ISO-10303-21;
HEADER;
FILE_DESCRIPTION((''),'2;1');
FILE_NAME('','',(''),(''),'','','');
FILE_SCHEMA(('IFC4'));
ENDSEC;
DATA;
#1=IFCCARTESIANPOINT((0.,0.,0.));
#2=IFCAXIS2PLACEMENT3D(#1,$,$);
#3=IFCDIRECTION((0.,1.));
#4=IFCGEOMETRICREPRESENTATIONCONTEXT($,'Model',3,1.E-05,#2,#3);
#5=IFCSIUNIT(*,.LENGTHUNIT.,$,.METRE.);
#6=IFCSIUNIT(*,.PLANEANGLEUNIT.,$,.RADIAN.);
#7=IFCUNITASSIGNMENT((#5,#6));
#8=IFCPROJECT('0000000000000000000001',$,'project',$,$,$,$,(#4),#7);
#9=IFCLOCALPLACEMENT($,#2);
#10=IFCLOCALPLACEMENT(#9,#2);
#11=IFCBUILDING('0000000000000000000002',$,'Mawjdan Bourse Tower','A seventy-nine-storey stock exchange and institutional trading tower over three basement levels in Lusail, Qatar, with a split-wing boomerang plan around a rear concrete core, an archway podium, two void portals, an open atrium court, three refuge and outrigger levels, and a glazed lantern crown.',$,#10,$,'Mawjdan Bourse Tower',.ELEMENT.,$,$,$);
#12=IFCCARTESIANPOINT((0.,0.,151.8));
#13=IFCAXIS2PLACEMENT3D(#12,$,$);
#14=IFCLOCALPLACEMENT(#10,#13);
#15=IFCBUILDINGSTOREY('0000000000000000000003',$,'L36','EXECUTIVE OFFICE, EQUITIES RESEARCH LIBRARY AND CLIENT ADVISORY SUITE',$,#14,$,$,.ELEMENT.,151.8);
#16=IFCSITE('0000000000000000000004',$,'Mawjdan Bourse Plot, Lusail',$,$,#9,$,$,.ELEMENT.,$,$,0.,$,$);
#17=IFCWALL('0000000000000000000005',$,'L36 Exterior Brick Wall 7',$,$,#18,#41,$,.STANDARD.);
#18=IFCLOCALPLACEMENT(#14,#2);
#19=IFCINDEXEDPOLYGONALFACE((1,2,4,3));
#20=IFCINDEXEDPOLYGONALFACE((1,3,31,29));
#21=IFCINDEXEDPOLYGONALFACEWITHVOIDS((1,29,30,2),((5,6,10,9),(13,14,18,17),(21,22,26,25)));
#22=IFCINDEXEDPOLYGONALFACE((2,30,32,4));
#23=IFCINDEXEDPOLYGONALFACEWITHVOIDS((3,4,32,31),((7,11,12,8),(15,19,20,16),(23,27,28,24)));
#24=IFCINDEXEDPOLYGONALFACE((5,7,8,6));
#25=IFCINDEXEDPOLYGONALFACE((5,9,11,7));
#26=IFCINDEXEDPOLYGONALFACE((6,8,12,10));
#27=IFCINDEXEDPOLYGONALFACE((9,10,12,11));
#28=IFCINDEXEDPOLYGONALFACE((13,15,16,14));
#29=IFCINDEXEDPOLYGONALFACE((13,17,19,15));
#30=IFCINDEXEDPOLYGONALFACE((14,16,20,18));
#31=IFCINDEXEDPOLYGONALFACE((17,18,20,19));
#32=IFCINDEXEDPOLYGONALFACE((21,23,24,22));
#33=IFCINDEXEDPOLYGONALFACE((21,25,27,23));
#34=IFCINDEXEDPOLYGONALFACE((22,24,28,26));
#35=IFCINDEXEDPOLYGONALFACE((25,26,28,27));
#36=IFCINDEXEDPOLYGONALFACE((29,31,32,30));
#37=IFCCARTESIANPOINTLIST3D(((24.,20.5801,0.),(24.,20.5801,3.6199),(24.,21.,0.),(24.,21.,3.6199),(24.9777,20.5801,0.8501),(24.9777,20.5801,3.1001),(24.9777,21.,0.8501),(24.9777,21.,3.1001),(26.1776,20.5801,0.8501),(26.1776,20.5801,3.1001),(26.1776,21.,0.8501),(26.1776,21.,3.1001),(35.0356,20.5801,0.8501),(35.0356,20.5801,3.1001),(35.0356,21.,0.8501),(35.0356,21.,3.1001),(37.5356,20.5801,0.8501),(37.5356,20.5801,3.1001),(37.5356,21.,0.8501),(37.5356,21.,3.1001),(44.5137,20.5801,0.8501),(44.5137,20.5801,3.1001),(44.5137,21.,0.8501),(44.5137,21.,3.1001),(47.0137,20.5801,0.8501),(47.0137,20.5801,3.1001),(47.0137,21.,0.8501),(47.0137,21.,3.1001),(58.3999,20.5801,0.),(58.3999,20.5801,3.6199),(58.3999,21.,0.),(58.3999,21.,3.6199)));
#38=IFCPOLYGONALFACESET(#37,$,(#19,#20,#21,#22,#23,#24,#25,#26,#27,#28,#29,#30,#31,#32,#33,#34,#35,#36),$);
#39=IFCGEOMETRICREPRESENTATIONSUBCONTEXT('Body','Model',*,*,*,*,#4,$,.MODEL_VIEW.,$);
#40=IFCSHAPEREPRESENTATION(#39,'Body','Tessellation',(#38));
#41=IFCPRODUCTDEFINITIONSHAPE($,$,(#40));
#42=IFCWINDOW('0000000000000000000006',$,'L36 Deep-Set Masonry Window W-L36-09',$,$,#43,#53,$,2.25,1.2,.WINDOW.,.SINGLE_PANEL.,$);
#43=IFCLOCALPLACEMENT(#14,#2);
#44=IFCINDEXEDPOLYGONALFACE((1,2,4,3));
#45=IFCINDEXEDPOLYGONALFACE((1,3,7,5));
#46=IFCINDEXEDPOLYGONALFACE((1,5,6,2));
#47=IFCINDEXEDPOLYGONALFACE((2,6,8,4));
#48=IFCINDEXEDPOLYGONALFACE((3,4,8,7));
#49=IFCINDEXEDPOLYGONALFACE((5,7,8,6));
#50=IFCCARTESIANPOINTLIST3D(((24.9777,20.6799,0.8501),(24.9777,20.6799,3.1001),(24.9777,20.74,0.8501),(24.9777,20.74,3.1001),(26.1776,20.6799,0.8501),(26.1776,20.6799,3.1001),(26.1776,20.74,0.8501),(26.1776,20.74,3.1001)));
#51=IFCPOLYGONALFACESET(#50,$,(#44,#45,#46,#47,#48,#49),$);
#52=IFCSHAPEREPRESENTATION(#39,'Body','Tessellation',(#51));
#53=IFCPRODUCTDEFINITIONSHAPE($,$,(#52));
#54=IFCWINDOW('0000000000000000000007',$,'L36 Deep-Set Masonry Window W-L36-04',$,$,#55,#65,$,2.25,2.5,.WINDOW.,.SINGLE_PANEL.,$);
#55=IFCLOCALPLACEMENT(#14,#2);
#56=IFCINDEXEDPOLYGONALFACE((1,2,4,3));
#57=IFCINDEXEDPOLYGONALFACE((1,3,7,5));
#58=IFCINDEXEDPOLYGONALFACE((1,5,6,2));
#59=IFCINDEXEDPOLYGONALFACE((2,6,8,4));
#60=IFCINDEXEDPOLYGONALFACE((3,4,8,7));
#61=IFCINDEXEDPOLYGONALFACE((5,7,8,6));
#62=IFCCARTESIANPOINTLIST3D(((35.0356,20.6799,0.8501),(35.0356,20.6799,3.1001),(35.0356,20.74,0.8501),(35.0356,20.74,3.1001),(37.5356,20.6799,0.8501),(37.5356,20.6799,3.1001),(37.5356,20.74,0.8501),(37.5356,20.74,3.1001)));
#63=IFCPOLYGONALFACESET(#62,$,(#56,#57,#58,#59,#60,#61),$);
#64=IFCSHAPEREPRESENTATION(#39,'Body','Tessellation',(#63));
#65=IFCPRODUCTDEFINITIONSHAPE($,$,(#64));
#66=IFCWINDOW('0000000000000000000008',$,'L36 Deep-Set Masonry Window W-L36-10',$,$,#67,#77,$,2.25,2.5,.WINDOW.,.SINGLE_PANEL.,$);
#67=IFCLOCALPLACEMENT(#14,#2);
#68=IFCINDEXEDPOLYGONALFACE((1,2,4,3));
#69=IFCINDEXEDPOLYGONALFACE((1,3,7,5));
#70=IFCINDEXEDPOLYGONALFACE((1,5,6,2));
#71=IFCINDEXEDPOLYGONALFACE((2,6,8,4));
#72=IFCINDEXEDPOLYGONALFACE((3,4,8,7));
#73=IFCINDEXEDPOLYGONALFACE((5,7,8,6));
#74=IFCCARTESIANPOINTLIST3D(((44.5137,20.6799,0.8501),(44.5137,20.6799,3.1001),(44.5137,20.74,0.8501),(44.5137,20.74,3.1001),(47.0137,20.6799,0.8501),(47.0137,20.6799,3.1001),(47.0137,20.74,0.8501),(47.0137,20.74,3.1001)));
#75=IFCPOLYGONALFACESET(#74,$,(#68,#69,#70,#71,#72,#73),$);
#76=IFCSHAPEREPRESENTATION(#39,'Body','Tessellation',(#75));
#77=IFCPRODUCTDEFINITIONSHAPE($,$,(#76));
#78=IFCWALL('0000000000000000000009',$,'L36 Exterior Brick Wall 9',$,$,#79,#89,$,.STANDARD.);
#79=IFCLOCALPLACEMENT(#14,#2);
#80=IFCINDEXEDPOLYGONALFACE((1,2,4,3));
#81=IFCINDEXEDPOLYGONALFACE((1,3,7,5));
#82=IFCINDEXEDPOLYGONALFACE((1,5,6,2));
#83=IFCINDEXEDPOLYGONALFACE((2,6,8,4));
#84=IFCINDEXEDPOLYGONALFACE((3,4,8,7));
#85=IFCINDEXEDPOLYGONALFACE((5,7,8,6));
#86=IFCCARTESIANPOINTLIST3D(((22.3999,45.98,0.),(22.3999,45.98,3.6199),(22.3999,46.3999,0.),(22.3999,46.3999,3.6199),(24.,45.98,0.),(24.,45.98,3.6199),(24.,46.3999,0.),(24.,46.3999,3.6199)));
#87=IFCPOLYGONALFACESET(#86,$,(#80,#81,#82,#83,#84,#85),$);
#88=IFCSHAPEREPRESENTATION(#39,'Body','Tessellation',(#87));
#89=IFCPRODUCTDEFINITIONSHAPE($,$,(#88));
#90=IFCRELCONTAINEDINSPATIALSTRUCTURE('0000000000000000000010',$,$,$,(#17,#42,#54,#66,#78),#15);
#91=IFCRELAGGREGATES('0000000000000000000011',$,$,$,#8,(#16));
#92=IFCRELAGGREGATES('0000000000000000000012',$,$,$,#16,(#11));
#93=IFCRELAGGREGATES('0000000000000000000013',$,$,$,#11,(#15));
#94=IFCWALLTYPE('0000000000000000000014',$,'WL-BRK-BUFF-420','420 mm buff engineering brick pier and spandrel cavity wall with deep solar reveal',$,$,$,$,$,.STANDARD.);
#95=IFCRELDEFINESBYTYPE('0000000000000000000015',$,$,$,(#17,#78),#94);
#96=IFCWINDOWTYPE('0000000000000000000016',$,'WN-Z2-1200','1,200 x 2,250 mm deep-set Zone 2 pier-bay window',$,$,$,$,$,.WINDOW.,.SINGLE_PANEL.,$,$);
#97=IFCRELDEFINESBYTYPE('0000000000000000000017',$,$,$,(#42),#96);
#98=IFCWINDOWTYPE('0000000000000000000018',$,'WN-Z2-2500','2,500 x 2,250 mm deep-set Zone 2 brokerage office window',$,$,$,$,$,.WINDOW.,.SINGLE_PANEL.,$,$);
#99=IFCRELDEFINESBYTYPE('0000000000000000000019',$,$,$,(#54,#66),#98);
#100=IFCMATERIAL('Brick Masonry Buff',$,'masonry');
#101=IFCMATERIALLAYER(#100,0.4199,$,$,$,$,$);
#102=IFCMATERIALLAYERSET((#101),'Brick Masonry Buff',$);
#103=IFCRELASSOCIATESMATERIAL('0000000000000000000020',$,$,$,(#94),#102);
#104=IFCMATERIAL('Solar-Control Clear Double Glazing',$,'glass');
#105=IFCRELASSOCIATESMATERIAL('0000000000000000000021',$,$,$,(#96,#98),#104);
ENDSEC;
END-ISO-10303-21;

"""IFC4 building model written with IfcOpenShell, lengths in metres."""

from ifc_helpers import new_model, si_unit, direction, frame, frame_2d, origin, place, context, subcontext, project, spatial, rectangle, extrude, material, layer, layer_set, type_object, element, fill, save


model = new_model("IFC4")

# Units and contexts
model_context = context("Model", 3, precision=1e-05, world=origin(), true_north=direction((0.0, 1.0)))
body_context = subcontext(model_context, "Body", "Model", "MODEL_VIEW")
ifc_project = project(units=[si_unit("LENGTHUNIT", "METRE"), si_unit("PLANEANGLEUNIT", "RADIAN")], contexts=[model_context])

# Site, building, storey
site_placement = place(None, origin())
site = spatial("IfcSite", under=ifc_project, at=site_placement, Name="Mawjdan Bourse Plot, Lusail", CompositionType="ELEMENT", RefElevation=0.0)
building_placement = place(site_placement, origin())
building = spatial("IfcBuilding", under=site, at=building_placement, Name="Mawjdan Bourse Tower", Description="A seventy-nine-storey stock exchange and institutional trading tower over three basement levels in Lusail, Qatar, with a split-wing boomerang plan around a rear concrete core, an archway podium, two void portals, an open atrium court, three refuge and outrigger levels, and a glazed lantern crown.", LongName="Mawjdan Bourse Tower", CompositionType="ELEMENT")
storey_placement = place(building_placement, frame((0.0, 0.0, 151.8)))
storey = spatial("IfcBuildingStorey", under=building, at=storey_placement, Name="L36", Description="EXECUTIVE OFFICE, EQUITIES RESEARCH LIBRARY AND CLIENT ADVISORY SUITE", CompositionType="ELEMENT", Elevation=151.8)

# Shared definitions
ifc_material_1 = material(Name="Brick Masonry Buff", Category="masonry")
ifc_layer = layer(ifc_material_1, 0.4199)
ifc_layer_set = layer_set([ifc_layer], Name="Brick Masonry Buff")
wall_type = type_object("IfcWallType", Name="WL-BRK-BUFF-420", Description="420 mm buff engineering brick pier and spandrel cavity wall with deep solar reveal", PredefinedType="STANDARD", material=ifc_layer_set)

# Wall, openings, windows
wall_1_placement = place(storey_placement, frame((58.3999, 20.79, 0.0), z_axis=(0.0, 0.0, 1.0), x_axis=(-1.0, 0.0, 0.0)))
wall_1 = element("IfcWall", 1, at=wall_1_placement, inside=storey, type_object=wall_type, Name="L36 Exterior Brick Wall 7", PredefinedType="STANDARD", context=body_context, shape_type="SweptSolid", body=[
    extrude(rectangle(XDim=34.3999, YDim=0.4199, at=frame_2d((17.2, 0.0))), origin(), (0.0, 0.0, 1.0), 3.6199),
])
opening_1_placement = place(wall_1_placement, frame((20.8643, 0.0, 0.8501)))
opening_1 = element("IfcOpeningElement", 2, at=opening_1_placement, cuts=wall_1, PredefinedType="OPENING", context=body_context, shape_type="SweptSolid", body=[
    extrude(rectangle(XDim=2.5, YDim=2.25, at=frame_2d((1.25, 1.125))), frame((0.0, 0.22, 0.0), z_axis=(0.0, -1.0, 0.0), x_axis=(1.0, 0.0, 0.0)), (0.0, 0.0, 1.0), 0.4399),
])
opening_2_placement = place(wall_1_placement, frame((32.2222, 0.0, 0.8501)))
opening_2 = element("IfcOpeningElement", 3, at=opening_2_placement, cuts=wall_1, PredefinedType="OPENING", context=body_context, shape_type="SweptSolid", body=[
    extrude(rectangle(XDim=1.2, YDim=2.25, at=frame_2d((0.6001, 1.125))), frame((0.0, 0.22, 0.0), z_axis=(0.0, -1.0, 0.0), x_axis=(1.0, 0.0, 0.0)), (0.0, 0.0, 1.0), 0.4399),
])
opening_3_placement = place(wall_1_placement, frame((11.3862, 0.0, 0.8501)))
opening_3 = element("IfcOpeningElement", 4, at=opening_3_placement, cuts=wall_1, PredefinedType="OPENING", context=body_context, shape_type="SweptSolid", body=[
    extrude(rectangle(XDim=2.5, YDim=2.25, at=frame_2d((1.25, 1.125))), frame((0.0, 0.22, 0.0), z_axis=(0.0, -1.0, 0.0), x_axis=(1.0, 0.0, 0.0)), (0.0, 0.0, 1.0), 0.4399),
])
ifc_material_2 = material(Name="Solar-Control Clear Double Glazing", Category="glass")
window_type_1 = type_object("IfcWindowType", Name="WN-Z2-1200", Description="1,200 x 2,250 mm deep-set Zone 2 pier-bay window", PartitioningType="SINGLE_PANEL", PredefinedType="WINDOW", material=ifc_material_2)
window_1_placement = place(opening_2_placement, origin())
window_1 = element("IfcWindow", 5, at=window_1_placement, inside=storey, type_object=window_type_1, Name="L36 Deep-Set Masonry Window W-L36-09", OverallHeight=2.25, OverallWidth=1.2, PartitioningType="SINGLE_PANEL", PredefinedType="WINDOW", context=body_context, shape_type="SweptSolid", body=[
    extrude(rectangle(XDim=1.2, YDim=2.25, at=frame_2d((0.6001, 1.125))), frame((0.0, 0.1101, 0.0), z_axis=(0.0, -1.0, 0.0), x_axis=(1.0, 0.0, 0.0)), (0.0, 0.0, 1.0), 0.0601),
])
fill(opening_2, window_1)
window_type_2 = type_object("IfcWindowType", Name="WN-Z2-2500", Description="2,500 x 2,250 mm deep-set Zone 2 brokerage office window", PartitioningType="SINGLE_PANEL", PredefinedType="WINDOW", material=ifc_material_2)
window_2_placement = place(opening_1_placement, origin())
window_2 = element("IfcWindow", 6, at=window_2_placement, inside=storey, type_object=window_type_2, Name="L36 Deep-Set Masonry Window W-L36-04", OverallHeight=2.25, OverallWidth=2.5, PartitioningType="SINGLE_PANEL", PredefinedType="WINDOW", context=body_context, shape_type="SweptSolid", body=[
    extrude(rectangle(XDim=2.5, YDim=2.25, at=frame_2d((1.25, 1.125))), frame((0.0, 0.1101, 0.0), z_axis=(0.0, -1.0, 0.0), x_axis=(1.0, 0.0, 0.0)), (0.0, 0.0, 1.0), 0.0601),
])
fill(opening_1, window_2)
window_3_placement = place(opening_3_placement, origin())
window_3 = element("IfcWindow", 7, at=window_3_placement, inside=storey, type_object=window_type_2, Name="L36 Deep-Set Masonry Window W-L36-10", OverallHeight=2.25, OverallWidth=2.5, PartitioningType="SINGLE_PANEL", PredefinedType="WINDOW", context=body_context, shape_type="SweptSolid", body=[
    extrude(rectangle(XDim=2.5, YDim=2.25, at=frame_2d((1.25, 1.125))), frame((0.0, 0.1101, 0.0), z_axis=(0.0, -1.0, 0.0), x_axis=(1.0, 0.0, 0.0)), (0.0, 0.0, 1.0), 0.0601),
])
fill(opening_3, window_3)

# Wall
wall_2_placement = place(storey_placement, frame((24.0, 46.1899, 0.0), z_axis=(0.0, 0.0, 1.0), x_axis=(-1.0, 0.0, 0.0)))
element("IfcWall", 8, at=wall_2_placement, inside=storey, type_object=wall_type, Name="L36 Exterior Brick Wall 9", PredefinedType="STANDARD", context=body_context, shape_type="SweptSolid", body=[
    extrude(rectangle(XDim=1.6001, YDim=0.4199, at=frame_2d((0.8, 0.0))), origin(), (0.0, 0.0, 1.0), 3.6199),
])

save(model, "model.ifc")
